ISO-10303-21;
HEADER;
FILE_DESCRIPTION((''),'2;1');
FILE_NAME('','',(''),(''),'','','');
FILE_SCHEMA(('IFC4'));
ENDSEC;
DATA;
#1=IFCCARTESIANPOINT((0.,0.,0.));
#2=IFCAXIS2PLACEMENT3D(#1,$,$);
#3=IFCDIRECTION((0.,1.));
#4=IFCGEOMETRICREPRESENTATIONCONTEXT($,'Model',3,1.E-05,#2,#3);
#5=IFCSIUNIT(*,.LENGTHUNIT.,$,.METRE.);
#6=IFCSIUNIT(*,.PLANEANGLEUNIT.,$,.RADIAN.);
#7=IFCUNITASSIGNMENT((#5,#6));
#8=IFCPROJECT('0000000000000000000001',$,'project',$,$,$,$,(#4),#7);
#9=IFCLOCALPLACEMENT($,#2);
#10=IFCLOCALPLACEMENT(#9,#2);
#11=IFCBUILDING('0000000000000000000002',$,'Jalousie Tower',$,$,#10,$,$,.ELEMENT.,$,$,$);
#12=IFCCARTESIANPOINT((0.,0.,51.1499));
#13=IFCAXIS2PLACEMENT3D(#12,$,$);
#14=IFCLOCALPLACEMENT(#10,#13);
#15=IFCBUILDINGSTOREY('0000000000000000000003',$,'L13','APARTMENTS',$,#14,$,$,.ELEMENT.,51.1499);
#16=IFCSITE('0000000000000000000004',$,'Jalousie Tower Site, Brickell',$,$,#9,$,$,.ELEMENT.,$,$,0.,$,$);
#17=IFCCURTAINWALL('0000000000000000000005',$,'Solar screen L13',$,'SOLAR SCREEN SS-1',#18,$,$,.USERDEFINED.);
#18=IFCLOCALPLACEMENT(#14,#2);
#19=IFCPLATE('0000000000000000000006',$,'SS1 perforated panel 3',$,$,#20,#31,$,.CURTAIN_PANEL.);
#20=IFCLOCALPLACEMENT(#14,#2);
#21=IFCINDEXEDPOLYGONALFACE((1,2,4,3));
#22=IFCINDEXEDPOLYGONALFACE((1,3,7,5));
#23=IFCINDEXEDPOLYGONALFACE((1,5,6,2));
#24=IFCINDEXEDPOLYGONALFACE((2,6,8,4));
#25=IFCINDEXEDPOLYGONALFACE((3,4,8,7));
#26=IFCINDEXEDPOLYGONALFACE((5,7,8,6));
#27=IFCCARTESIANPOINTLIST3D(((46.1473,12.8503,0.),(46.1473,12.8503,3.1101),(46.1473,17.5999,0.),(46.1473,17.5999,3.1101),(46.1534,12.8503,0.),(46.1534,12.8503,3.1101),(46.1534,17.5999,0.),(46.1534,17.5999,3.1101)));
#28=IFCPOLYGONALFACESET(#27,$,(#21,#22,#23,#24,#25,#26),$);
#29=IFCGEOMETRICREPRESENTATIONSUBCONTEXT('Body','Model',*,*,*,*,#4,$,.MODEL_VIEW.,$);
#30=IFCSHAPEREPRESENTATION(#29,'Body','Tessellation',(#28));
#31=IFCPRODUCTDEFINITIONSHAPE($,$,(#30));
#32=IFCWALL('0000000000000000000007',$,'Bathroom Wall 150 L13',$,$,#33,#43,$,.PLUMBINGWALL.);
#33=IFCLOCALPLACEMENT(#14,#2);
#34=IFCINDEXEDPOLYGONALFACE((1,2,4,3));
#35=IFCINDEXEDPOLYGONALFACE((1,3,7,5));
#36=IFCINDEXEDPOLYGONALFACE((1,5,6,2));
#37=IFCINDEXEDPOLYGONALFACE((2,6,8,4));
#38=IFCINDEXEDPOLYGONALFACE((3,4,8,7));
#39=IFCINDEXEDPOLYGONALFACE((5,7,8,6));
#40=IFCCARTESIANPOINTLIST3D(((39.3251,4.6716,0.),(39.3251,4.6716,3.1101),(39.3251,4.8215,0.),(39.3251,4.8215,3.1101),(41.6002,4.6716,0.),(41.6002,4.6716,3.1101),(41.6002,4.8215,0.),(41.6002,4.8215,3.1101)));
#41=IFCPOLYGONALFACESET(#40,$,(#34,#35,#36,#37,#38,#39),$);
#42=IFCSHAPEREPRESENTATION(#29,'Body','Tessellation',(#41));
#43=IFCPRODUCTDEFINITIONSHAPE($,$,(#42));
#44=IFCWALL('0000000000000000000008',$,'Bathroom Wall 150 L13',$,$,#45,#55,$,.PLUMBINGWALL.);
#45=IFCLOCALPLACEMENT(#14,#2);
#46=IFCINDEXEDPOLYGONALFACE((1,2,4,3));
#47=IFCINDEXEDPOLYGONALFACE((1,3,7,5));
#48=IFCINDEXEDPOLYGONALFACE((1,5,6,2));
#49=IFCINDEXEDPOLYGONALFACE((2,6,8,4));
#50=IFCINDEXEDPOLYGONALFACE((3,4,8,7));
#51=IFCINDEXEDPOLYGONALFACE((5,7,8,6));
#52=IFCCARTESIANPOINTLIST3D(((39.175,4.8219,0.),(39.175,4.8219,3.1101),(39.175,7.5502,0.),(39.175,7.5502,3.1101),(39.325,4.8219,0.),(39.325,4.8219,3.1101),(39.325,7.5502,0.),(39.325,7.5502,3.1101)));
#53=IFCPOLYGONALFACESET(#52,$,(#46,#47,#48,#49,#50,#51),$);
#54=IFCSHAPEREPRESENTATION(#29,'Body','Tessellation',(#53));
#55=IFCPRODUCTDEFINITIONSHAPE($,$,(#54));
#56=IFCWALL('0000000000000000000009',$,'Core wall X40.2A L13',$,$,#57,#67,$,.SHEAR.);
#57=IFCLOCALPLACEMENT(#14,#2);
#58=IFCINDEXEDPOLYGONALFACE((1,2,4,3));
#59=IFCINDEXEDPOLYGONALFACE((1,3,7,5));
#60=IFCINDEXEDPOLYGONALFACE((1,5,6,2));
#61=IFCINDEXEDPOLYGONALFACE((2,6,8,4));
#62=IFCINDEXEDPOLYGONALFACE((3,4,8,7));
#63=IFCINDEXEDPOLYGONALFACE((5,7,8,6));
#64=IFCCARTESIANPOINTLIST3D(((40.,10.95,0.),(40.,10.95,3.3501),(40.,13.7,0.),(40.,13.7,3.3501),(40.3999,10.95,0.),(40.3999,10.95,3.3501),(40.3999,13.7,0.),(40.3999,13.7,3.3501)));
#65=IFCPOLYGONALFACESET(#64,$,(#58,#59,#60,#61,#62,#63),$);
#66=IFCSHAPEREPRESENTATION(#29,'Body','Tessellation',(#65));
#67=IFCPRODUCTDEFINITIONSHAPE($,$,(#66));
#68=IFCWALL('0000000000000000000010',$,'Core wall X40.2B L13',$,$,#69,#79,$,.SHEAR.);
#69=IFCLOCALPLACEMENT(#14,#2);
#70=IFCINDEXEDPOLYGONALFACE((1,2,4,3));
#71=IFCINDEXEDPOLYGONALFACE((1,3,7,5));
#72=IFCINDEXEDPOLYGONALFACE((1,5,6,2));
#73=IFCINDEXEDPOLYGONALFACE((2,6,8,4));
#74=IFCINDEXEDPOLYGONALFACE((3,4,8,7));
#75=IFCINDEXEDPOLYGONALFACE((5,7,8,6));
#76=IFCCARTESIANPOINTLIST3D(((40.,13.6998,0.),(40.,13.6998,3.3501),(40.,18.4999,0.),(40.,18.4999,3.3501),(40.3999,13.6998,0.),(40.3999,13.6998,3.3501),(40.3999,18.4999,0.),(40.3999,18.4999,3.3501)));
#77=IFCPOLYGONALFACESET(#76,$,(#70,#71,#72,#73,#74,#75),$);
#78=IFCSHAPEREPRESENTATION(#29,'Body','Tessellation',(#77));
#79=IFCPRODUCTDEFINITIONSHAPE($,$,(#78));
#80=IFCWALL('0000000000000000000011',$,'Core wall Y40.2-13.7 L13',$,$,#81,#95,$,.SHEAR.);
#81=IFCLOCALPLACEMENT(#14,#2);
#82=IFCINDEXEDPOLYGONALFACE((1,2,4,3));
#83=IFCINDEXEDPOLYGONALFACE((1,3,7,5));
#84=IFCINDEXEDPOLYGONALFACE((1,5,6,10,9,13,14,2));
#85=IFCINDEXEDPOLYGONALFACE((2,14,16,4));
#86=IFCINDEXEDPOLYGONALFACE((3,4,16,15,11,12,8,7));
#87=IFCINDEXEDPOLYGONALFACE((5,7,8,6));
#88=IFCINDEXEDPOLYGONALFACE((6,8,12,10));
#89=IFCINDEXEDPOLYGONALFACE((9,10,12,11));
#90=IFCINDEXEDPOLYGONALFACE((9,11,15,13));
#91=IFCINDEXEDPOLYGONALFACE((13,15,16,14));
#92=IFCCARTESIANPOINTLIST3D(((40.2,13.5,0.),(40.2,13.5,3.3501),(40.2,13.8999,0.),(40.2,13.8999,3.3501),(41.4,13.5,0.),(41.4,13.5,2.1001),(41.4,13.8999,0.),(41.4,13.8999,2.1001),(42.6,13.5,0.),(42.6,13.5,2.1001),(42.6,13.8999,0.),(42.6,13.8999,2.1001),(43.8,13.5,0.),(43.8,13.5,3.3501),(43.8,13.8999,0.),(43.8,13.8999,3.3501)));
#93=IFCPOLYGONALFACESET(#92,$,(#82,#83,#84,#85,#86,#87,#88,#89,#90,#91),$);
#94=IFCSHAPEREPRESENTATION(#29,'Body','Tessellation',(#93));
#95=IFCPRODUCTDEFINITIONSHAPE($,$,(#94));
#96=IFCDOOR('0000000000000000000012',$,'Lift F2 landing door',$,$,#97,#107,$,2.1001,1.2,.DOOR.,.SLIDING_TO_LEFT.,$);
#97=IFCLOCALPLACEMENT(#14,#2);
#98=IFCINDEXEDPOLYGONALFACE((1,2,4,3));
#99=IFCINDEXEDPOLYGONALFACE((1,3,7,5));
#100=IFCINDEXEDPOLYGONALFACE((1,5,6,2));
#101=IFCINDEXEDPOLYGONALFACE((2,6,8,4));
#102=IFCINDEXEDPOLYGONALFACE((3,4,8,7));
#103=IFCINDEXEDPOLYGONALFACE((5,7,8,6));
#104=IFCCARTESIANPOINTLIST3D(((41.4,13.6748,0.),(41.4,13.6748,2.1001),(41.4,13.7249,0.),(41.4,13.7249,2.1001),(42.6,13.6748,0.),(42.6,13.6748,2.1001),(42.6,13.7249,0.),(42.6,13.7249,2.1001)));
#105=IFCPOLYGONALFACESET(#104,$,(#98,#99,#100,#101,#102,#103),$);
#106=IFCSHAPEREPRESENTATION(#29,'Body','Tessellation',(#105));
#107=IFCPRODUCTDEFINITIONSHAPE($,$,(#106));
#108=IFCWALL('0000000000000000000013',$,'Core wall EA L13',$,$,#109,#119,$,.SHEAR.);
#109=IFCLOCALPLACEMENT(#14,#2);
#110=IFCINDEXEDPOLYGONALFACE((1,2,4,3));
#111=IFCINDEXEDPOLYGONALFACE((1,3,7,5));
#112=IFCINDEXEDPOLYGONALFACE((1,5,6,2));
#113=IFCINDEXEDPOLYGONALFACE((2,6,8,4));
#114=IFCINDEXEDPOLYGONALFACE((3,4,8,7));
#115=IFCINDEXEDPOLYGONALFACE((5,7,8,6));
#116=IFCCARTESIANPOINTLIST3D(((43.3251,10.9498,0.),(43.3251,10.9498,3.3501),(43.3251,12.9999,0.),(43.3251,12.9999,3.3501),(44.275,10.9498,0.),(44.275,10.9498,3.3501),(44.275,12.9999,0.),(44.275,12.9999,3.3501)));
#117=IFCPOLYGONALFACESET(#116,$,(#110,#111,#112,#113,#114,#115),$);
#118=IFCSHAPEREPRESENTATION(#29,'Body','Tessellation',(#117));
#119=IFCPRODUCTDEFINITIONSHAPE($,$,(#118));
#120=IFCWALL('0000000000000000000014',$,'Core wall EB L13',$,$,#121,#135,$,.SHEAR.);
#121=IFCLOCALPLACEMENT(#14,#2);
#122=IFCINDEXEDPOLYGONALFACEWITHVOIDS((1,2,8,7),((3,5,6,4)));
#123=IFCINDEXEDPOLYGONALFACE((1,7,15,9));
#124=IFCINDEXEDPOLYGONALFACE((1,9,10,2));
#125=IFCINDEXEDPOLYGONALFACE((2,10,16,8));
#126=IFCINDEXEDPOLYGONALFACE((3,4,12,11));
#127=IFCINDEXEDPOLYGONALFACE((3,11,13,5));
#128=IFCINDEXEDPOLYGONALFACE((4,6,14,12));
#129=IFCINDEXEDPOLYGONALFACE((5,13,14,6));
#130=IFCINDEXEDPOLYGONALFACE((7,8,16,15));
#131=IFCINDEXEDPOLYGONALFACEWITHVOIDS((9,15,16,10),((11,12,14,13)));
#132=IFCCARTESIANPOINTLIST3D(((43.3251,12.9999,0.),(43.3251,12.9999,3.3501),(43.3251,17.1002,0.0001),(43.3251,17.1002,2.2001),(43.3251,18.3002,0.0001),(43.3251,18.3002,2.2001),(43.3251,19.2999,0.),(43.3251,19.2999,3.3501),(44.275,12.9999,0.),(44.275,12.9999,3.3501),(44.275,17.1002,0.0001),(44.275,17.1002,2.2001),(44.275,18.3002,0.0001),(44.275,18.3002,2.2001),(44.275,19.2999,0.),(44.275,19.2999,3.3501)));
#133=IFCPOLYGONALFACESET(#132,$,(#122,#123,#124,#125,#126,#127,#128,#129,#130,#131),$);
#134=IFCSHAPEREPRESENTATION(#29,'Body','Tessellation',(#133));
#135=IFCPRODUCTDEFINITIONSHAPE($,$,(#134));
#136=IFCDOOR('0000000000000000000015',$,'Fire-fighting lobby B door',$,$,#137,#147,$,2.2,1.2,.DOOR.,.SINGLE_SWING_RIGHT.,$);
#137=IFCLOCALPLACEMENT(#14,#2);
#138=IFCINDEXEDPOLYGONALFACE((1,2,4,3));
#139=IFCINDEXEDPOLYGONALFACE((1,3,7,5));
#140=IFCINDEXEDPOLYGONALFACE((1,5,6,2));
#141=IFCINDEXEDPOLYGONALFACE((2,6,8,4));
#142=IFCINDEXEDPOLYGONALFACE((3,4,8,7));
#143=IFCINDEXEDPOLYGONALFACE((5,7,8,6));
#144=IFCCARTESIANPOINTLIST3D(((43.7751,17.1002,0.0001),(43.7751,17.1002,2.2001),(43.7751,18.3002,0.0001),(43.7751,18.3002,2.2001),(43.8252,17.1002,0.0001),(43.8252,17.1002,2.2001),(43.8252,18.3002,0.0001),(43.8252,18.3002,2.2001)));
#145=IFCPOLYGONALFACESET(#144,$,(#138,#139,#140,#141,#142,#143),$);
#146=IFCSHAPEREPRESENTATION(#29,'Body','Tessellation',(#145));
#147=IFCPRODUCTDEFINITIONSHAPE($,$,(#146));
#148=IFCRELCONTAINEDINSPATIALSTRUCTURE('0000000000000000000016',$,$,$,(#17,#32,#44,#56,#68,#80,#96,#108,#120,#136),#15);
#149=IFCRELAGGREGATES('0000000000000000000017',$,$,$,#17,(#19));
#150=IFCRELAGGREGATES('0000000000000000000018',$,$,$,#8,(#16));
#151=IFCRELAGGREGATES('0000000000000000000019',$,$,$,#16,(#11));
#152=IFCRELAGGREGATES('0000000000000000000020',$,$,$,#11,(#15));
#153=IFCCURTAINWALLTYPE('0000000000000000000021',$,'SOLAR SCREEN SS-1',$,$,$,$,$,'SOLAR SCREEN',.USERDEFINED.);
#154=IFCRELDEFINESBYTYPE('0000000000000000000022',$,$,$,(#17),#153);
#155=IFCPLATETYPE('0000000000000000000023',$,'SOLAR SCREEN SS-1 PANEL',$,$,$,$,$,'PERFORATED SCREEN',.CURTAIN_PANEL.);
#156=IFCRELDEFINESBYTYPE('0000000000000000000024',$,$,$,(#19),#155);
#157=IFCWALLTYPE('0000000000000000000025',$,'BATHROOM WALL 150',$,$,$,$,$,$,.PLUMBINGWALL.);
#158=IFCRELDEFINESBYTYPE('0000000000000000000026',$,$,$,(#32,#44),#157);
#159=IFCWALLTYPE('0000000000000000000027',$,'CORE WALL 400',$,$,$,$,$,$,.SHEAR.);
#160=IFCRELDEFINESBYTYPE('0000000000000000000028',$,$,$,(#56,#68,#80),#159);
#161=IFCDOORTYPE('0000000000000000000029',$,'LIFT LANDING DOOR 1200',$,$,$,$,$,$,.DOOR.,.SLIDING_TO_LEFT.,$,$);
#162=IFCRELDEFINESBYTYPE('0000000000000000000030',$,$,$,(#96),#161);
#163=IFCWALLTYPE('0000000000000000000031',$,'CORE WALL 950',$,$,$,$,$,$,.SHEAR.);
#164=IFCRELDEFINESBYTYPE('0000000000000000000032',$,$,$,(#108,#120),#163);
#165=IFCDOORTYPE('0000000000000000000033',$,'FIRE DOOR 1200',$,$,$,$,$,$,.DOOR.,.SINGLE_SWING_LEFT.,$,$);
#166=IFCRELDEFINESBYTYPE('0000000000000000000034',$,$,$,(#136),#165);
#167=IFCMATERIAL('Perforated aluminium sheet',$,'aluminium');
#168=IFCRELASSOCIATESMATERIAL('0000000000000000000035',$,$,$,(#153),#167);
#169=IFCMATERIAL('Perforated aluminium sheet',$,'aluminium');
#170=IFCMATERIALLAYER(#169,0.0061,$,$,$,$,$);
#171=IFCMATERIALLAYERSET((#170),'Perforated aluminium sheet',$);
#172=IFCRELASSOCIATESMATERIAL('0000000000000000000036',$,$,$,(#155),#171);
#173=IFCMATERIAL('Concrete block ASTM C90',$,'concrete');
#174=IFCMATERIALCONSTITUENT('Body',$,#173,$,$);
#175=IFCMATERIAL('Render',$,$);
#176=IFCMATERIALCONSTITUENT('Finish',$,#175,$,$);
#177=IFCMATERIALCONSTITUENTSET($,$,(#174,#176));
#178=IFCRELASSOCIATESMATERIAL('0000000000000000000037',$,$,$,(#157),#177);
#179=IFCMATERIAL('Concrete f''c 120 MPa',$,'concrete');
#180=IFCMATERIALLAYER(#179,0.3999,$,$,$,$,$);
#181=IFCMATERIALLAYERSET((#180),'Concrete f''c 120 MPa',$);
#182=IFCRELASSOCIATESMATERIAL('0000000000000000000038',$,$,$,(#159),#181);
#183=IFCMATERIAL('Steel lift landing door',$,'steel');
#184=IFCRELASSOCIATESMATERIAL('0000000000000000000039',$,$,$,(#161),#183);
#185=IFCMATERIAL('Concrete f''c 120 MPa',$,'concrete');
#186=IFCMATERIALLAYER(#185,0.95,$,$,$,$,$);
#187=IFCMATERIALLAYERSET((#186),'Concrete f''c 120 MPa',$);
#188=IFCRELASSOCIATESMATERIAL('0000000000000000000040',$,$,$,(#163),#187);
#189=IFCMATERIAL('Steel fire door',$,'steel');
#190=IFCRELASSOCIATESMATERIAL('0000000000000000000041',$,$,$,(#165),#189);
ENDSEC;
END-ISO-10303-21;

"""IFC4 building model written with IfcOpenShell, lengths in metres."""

from ifc_helpers import new_model, si_unit, direction, frame, frame_2d, origin, origin_2d, place, context, subcontext, project, spatial, rectangle, extrude, material, layer, layer_set, constituent, constituent_set, type_object, element, fill, aggregate, save


model = new_model("IFC4")

# Units and contexts
model_context = context("Model", 3, precision=1e-05, world=origin(), true_north=direction((0.0, 1.0)))
body_context = subcontext(model_context, "Body", "Model", "MODEL_VIEW")
ifc_project = project(units=[si_unit("LENGTHUNIT", "METRE"), si_unit("PLANEANGLEUNIT", "RADIAN")], contexts=[model_context])

# Site, building, storey
site_placement = place(None, origin())
site = spatial("IfcSite", under=ifc_project, at=site_placement, Name="Jalousie Tower Site, Brickell", CompositionType="ELEMENT", RefElevation=0.0)
building_placement = place(site_placement, origin())
building = spatial("IfcBuilding", under=site, at=building_placement, Name="Jalousie Tower", CompositionType="ELEMENT")
storey_placement = place(building_placement, frame((0.0, 0.0, 51.1499)))
storey = spatial("IfcBuildingStorey", under=building, at=storey_placement, Name="L13", Description="APARTMENTS", CompositionType="ELEMENT", Elevation=51.1499)

# Curtain wall, plate
ifc_material_1 = material(Name="Perforated aluminium sheet", Category="aluminium")
curtain_wall_type = type_object("IfcCurtainWallType", Name="SOLAR SCREEN SS-1", ElementType="SOLAR SCREEN", PredefinedType="USERDEFINED", material=ifc_material_1)
curtain_wall_placement = place(storey_placement, origin())
curtain_wall = element("IfcCurtainWall", 1, at=curtain_wall_placement, inside=storey, type_object=curtain_wall_type, Name="Solar screen L13", ObjectType="SOLAR SCREEN SS-1", PredefinedType="USERDEFINED")
ifc_material_2 = material(Name="Perforated aluminium sheet", Category="aluminium")
ifc_layer_1 = layer(ifc_material_2, 0.0061)
ifc_layer_set_1 = layer_set([ifc_layer_1], Name="Perforated aluminium sheet")
plate_type = type_object("IfcPlateType", Name="SOLAR SCREEN SS-1 PANEL", ElementType="PERFORATED SCREEN", PredefinedType="CURTAIN_PANEL", material=ifc_layer_set_1)
plate_1_placement = place(storey_placement, frame((46.1504, 15.2251, 0.0), z_axis=(0.0, 0.0, 1.0), x_axis=(0.0, 1.0, 0.0)))
plate_1 = element("IfcPlate", 2, at=plate_1_placement, type_object=plate_type, Name="SS1 perforated panel 3", PredefinedType="CURTAIN_PANEL", context=body_context, shape_type="SweptSolid", body=[
    extrude(rectangle(XDim=4.7495, YDim=0.0061, at=origin_2d()), origin(), (0.0, 0.0, 1.0), 3.1101),
])
aggregate(curtain_wall, [plate_1])

# Walls
ifc_material_3 = material(Name="Concrete block ASTM C90", Category="concrete")
ifc_constituent_1 = constituent(ifc_material_3, Name="Body")
ifc_material_4 = material(Name="Render")
ifc_constituent_2 = constituent(ifc_material_4, Name="Finish")
ifc_constituent_set_1 = constituent_set(constituents=[ifc_constituent_1, ifc_constituent_2])
wall_type_1 = type_object("IfcWallType", Name="BATHROOM WALL 150", PredefinedType="PLUMBINGWALL", material=ifc_constituent_set_1)
wall_1_placement = place(storey_placement, frame((39.325, 4.7466, 0.0), z_axis=(0.0, 0.0, 1.0), x_axis=(1.0, 0.0, 0.0)))
element("IfcWall", 3, at=wall_1_placement, inside=storey, type_object=wall_type_1, Name="Bathroom Wall 150 L13", PredefinedType="PLUMBINGWALL", context=body_context, shape_type="SweptSolid", body=[
    extrude(rectangle(XDim=2.2751, YDim=0.1499, at=frame_2d((1.1377, 0.0))), origin(), (0.0, 0.0, 1.0), 3.1101),
])
wall_2_placement = place(storey_placement, frame((39.25, 4.8218, 0.0), z_axis=(0.0, 0.0, 1.0), x_axis=(0.0, 1.0, 0.0)))
element("IfcWall", 4, at=wall_2_placement, inside=storey, type_object=wall_type_1, Name="Bathroom Wall 150 L13", PredefinedType="PLUMBINGWALL", context=body_context, shape_type="SweptSolid", body=[
    extrude(rectangle(XDim=2.7283, YDim=0.1499, at=frame_2d((1.3643, 0.0))), origin(), (0.0, 0.0, 1.0), 3.1101),
])
ifc_material_5 = material(Name="Concrete f'c 120 MPa", Category="concrete")
ifc_layer_2 = layer(ifc_material_5, 0.3999)
ifc_layer_set_2 = layer_set([ifc_layer_2], Name="Concrete f'c 120 MPa")
wall_type_2 = type_object("IfcWallType", Name="CORE WALL 400", PredefinedType="SHEAR", material=ifc_layer_set_2)
wall_3_placement = place(storey_placement, frame((40.2, 10.95, 0.0), z_axis=(0.0, 0.0, 1.0), x_axis=(0.0, 1.0, 0.0)))
element("IfcWall", 5, at=wall_3_placement, inside=storey, type_object=wall_type_2, Name="Core wall X40.2A L13", PredefinedType="SHEAR", context=body_context, shape_type="SweptSolid", body=[
    extrude(rectangle(XDim=2.75, YDim=0.3999, at=frame_2d((1.375, 0.0))), origin(), (0.0, 0.0, 1.0), 3.3501),
])
wall_4_placement = place(storey_placement, frame((40.2, 13.7, 0.0), z_axis=(0.0, 0.0, 1.0), x_axis=(0.0, 1.0, 0.0)))
element("IfcWall", 6, at=wall_4_placement, inside=storey, type_object=wall_type_2, Name="Core wall X40.2B L13", PredefinedType="SHEAR", context=body_context, shape_type="SweptSolid", body=[
    extrude(rectangle(XDim=4.8, YDim=0.3999, at=frame_2d((2.3999, 0.0))), origin(), (0.0, 0.0, 1.0), 3.3501),
])

# Wall, opening, door
wall_5_placement = place(storey_placement, frame((40.2, 13.7, 0.0), z_axis=(0.0, 0.0, 1.0), x_axis=(1.0, 0.0, 0.0)))
wall_5 = element("IfcWall", 7, at=wall_5_placement, inside=storey, type_object=wall_type_2, Name="Core wall Y40.2-13.7 L13", PredefinedType="SHEAR", context=body_context, shape_type="SweptSolid", body=[
    extrude(rectangle(XDim=3.6001, YDim=0.3999, at=frame_2d((1.8, 0.0))), origin(), (0.0, 0.0, 1.0), 3.3501),
])
opening_1_placement = place(wall_5_placement, frame((1.2, 0.0, 0.0)))
opening_1 = element("IfcOpeningElement", 8, at=opening_1_placement, cuts=wall_5, PredefinedType="OPENING", context=body_context, shape_type="SweptSolid", body=[
    extrude(rectangle(XDim=1.2, YDim=2.1001, at=frame_2d((0.6001, 1.05))), frame((0.0, 0.21, 0.0), z_axis=(0.0, -1.0, 0.0), x_axis=(1.0, 0.0, 0.0)), (0.0, 0.0, 1.0), 0.4199),
])
ifc_material_6 = material(Name="Steel lift landing door", Category="steel")
door_type_1 = type_object("IfcDoorType", Name="LIFT LANDING DOOR 1200", OperationType="SLIDING_TO_LEFT", PredefinedType="DOOR", material=ifc_material_6)
door_1_placement = place(opening_1_placement, origin())
door_1 = element("IfcDoor", 9, at=door_1_placement, inside=storey, type_object=door_type_1, Name="Lift F2 landing door", OperationType="SLIDING_TO_LEFT", OverallHeight=2.1001, OverallWidth=1.2, PredefinedType="DOOR", context=body_context, shape_type="SweptSolid", body=[
    extrude(rectangle(XDim=1.2, YDim=2.1001, at=frame_2d((0.6001, 1.05))), frame((0.0, 0.0249, 0.0), z_axis=(0.0, -1.0, 0.0), x_axis=(1.0, 0.0, 0.0)), (0.0, 0.0, 1.0), 0.05),
])
fill(opening_1, door_1)

# Wall
ifc_material_7 = material(Name="Concrete f'c 120 MPa", Category="concrete")
ifc_layer_3 = layer(ifc_material_7, 0.95)
ifc_layer_set_3 = layer_set([ifc_layer_3], Name="Concrete f'c 120 MPa")
wall_type_3 = type_object("IfcWallType", Name="CORE WALL 950", PredefinedType="SHEAR", material=ifc_layer_set_3)
wall_6_placement = place(storey_placement, frame((43.8, 10.95, 0.0), z_axis=(0.0, 0.0, 1.0), x_axis=(0.0, 1.0, 0.0)))
element("IfcWall", 10, at=wall_6_placement, inside=storey, type_object=wall_type_3, Name="Core wall EA L13", PredefinedType="SHEAR", context=body_context, shape_type="SweptSolid", body=[
    extrude(rectangle(XDim=2.05, YDim=0.95, at=frame_2d((1.0249, 0.0))), origin(), (0.0, 0.0, 1.0), 3.3501),
])

# Wall, opening, door
wall_7_placement = place(storey_placement, frame((43.8, 13.0, 0.0), z_axis=(0.0, 0.0, 1.0), x_axis=(0.0, 1.0, 0.0)))
wall_7 = element("IfcWall", 11, at=wall_7_placement, inside=storey, type_object=wall_type_3, Name="Core wall EB L13", PredefinedType="SHEAR", context=body_context, shape_type="SweptSolid", body=[
    extrude(rectangle(XDim=6.3, YDim=0.95, at=frame_2d((3.1499, 0.0))), origin(), (0.0, 0.0, 1.0), 3.3501),
])
opening_2_placement = place(wall_7_placement, frame((4.1001, 0.0, 0.0)))
opening_2 = element("IfcOpeningElement", 12, at=opening_2_placement, cuts=wall_7, PredefinedType="OPENING", context=body_context, shape_type="SweptSolid", body=[
    extrude(rectangle(XDim=1.2, YDim=2.2, at=frame_2d((0.6001, 1.1001))), frame((0.0, 0.4849, 0.0), z_axis=(0.0, -1.0, 0.0), x_axis=(1.0, 0.0, 0.0)), (0.0, 0.0, 1.0), 0.97),
])
ifc_material_8 = material(Name="Steel fire door", Category="steel")
door_type_2 = type_object("IfcDoorType", Name="FIRE DOOR 1200", OperationType="SINGLE_SWING_LEFT", PredefinedType="DOOR", material=ifc_material_8)
door_2_placement = place(opening_2_placement, origin())
door_2 = element("IfcDoor", 13, at=door_2_placement, inside=storey, type_object=door_type_2, Name="Fire-fighting lobby B door", OperationType="SINGLE_SWING_RIGHT", OverallHeight=2.2, OverallWidth=1.2, PredefinedType="DOOR", context=body_context, shape_type="SweptSolid", body=[
    extrude(rectangle(XDim=1.2, YDim=2.2, at=frame_2d((0.6001, 1.1001))), frame((0.0, 0.0249, 0.0), z_axis=(0.0, -1.0, 0.0), x_axis=(1.0, 0.0, 0.0)), (0.0, 0.0, 1.0), 0.05),
])
fill(opening_2, door_2)

save(model, "model.ifc")
